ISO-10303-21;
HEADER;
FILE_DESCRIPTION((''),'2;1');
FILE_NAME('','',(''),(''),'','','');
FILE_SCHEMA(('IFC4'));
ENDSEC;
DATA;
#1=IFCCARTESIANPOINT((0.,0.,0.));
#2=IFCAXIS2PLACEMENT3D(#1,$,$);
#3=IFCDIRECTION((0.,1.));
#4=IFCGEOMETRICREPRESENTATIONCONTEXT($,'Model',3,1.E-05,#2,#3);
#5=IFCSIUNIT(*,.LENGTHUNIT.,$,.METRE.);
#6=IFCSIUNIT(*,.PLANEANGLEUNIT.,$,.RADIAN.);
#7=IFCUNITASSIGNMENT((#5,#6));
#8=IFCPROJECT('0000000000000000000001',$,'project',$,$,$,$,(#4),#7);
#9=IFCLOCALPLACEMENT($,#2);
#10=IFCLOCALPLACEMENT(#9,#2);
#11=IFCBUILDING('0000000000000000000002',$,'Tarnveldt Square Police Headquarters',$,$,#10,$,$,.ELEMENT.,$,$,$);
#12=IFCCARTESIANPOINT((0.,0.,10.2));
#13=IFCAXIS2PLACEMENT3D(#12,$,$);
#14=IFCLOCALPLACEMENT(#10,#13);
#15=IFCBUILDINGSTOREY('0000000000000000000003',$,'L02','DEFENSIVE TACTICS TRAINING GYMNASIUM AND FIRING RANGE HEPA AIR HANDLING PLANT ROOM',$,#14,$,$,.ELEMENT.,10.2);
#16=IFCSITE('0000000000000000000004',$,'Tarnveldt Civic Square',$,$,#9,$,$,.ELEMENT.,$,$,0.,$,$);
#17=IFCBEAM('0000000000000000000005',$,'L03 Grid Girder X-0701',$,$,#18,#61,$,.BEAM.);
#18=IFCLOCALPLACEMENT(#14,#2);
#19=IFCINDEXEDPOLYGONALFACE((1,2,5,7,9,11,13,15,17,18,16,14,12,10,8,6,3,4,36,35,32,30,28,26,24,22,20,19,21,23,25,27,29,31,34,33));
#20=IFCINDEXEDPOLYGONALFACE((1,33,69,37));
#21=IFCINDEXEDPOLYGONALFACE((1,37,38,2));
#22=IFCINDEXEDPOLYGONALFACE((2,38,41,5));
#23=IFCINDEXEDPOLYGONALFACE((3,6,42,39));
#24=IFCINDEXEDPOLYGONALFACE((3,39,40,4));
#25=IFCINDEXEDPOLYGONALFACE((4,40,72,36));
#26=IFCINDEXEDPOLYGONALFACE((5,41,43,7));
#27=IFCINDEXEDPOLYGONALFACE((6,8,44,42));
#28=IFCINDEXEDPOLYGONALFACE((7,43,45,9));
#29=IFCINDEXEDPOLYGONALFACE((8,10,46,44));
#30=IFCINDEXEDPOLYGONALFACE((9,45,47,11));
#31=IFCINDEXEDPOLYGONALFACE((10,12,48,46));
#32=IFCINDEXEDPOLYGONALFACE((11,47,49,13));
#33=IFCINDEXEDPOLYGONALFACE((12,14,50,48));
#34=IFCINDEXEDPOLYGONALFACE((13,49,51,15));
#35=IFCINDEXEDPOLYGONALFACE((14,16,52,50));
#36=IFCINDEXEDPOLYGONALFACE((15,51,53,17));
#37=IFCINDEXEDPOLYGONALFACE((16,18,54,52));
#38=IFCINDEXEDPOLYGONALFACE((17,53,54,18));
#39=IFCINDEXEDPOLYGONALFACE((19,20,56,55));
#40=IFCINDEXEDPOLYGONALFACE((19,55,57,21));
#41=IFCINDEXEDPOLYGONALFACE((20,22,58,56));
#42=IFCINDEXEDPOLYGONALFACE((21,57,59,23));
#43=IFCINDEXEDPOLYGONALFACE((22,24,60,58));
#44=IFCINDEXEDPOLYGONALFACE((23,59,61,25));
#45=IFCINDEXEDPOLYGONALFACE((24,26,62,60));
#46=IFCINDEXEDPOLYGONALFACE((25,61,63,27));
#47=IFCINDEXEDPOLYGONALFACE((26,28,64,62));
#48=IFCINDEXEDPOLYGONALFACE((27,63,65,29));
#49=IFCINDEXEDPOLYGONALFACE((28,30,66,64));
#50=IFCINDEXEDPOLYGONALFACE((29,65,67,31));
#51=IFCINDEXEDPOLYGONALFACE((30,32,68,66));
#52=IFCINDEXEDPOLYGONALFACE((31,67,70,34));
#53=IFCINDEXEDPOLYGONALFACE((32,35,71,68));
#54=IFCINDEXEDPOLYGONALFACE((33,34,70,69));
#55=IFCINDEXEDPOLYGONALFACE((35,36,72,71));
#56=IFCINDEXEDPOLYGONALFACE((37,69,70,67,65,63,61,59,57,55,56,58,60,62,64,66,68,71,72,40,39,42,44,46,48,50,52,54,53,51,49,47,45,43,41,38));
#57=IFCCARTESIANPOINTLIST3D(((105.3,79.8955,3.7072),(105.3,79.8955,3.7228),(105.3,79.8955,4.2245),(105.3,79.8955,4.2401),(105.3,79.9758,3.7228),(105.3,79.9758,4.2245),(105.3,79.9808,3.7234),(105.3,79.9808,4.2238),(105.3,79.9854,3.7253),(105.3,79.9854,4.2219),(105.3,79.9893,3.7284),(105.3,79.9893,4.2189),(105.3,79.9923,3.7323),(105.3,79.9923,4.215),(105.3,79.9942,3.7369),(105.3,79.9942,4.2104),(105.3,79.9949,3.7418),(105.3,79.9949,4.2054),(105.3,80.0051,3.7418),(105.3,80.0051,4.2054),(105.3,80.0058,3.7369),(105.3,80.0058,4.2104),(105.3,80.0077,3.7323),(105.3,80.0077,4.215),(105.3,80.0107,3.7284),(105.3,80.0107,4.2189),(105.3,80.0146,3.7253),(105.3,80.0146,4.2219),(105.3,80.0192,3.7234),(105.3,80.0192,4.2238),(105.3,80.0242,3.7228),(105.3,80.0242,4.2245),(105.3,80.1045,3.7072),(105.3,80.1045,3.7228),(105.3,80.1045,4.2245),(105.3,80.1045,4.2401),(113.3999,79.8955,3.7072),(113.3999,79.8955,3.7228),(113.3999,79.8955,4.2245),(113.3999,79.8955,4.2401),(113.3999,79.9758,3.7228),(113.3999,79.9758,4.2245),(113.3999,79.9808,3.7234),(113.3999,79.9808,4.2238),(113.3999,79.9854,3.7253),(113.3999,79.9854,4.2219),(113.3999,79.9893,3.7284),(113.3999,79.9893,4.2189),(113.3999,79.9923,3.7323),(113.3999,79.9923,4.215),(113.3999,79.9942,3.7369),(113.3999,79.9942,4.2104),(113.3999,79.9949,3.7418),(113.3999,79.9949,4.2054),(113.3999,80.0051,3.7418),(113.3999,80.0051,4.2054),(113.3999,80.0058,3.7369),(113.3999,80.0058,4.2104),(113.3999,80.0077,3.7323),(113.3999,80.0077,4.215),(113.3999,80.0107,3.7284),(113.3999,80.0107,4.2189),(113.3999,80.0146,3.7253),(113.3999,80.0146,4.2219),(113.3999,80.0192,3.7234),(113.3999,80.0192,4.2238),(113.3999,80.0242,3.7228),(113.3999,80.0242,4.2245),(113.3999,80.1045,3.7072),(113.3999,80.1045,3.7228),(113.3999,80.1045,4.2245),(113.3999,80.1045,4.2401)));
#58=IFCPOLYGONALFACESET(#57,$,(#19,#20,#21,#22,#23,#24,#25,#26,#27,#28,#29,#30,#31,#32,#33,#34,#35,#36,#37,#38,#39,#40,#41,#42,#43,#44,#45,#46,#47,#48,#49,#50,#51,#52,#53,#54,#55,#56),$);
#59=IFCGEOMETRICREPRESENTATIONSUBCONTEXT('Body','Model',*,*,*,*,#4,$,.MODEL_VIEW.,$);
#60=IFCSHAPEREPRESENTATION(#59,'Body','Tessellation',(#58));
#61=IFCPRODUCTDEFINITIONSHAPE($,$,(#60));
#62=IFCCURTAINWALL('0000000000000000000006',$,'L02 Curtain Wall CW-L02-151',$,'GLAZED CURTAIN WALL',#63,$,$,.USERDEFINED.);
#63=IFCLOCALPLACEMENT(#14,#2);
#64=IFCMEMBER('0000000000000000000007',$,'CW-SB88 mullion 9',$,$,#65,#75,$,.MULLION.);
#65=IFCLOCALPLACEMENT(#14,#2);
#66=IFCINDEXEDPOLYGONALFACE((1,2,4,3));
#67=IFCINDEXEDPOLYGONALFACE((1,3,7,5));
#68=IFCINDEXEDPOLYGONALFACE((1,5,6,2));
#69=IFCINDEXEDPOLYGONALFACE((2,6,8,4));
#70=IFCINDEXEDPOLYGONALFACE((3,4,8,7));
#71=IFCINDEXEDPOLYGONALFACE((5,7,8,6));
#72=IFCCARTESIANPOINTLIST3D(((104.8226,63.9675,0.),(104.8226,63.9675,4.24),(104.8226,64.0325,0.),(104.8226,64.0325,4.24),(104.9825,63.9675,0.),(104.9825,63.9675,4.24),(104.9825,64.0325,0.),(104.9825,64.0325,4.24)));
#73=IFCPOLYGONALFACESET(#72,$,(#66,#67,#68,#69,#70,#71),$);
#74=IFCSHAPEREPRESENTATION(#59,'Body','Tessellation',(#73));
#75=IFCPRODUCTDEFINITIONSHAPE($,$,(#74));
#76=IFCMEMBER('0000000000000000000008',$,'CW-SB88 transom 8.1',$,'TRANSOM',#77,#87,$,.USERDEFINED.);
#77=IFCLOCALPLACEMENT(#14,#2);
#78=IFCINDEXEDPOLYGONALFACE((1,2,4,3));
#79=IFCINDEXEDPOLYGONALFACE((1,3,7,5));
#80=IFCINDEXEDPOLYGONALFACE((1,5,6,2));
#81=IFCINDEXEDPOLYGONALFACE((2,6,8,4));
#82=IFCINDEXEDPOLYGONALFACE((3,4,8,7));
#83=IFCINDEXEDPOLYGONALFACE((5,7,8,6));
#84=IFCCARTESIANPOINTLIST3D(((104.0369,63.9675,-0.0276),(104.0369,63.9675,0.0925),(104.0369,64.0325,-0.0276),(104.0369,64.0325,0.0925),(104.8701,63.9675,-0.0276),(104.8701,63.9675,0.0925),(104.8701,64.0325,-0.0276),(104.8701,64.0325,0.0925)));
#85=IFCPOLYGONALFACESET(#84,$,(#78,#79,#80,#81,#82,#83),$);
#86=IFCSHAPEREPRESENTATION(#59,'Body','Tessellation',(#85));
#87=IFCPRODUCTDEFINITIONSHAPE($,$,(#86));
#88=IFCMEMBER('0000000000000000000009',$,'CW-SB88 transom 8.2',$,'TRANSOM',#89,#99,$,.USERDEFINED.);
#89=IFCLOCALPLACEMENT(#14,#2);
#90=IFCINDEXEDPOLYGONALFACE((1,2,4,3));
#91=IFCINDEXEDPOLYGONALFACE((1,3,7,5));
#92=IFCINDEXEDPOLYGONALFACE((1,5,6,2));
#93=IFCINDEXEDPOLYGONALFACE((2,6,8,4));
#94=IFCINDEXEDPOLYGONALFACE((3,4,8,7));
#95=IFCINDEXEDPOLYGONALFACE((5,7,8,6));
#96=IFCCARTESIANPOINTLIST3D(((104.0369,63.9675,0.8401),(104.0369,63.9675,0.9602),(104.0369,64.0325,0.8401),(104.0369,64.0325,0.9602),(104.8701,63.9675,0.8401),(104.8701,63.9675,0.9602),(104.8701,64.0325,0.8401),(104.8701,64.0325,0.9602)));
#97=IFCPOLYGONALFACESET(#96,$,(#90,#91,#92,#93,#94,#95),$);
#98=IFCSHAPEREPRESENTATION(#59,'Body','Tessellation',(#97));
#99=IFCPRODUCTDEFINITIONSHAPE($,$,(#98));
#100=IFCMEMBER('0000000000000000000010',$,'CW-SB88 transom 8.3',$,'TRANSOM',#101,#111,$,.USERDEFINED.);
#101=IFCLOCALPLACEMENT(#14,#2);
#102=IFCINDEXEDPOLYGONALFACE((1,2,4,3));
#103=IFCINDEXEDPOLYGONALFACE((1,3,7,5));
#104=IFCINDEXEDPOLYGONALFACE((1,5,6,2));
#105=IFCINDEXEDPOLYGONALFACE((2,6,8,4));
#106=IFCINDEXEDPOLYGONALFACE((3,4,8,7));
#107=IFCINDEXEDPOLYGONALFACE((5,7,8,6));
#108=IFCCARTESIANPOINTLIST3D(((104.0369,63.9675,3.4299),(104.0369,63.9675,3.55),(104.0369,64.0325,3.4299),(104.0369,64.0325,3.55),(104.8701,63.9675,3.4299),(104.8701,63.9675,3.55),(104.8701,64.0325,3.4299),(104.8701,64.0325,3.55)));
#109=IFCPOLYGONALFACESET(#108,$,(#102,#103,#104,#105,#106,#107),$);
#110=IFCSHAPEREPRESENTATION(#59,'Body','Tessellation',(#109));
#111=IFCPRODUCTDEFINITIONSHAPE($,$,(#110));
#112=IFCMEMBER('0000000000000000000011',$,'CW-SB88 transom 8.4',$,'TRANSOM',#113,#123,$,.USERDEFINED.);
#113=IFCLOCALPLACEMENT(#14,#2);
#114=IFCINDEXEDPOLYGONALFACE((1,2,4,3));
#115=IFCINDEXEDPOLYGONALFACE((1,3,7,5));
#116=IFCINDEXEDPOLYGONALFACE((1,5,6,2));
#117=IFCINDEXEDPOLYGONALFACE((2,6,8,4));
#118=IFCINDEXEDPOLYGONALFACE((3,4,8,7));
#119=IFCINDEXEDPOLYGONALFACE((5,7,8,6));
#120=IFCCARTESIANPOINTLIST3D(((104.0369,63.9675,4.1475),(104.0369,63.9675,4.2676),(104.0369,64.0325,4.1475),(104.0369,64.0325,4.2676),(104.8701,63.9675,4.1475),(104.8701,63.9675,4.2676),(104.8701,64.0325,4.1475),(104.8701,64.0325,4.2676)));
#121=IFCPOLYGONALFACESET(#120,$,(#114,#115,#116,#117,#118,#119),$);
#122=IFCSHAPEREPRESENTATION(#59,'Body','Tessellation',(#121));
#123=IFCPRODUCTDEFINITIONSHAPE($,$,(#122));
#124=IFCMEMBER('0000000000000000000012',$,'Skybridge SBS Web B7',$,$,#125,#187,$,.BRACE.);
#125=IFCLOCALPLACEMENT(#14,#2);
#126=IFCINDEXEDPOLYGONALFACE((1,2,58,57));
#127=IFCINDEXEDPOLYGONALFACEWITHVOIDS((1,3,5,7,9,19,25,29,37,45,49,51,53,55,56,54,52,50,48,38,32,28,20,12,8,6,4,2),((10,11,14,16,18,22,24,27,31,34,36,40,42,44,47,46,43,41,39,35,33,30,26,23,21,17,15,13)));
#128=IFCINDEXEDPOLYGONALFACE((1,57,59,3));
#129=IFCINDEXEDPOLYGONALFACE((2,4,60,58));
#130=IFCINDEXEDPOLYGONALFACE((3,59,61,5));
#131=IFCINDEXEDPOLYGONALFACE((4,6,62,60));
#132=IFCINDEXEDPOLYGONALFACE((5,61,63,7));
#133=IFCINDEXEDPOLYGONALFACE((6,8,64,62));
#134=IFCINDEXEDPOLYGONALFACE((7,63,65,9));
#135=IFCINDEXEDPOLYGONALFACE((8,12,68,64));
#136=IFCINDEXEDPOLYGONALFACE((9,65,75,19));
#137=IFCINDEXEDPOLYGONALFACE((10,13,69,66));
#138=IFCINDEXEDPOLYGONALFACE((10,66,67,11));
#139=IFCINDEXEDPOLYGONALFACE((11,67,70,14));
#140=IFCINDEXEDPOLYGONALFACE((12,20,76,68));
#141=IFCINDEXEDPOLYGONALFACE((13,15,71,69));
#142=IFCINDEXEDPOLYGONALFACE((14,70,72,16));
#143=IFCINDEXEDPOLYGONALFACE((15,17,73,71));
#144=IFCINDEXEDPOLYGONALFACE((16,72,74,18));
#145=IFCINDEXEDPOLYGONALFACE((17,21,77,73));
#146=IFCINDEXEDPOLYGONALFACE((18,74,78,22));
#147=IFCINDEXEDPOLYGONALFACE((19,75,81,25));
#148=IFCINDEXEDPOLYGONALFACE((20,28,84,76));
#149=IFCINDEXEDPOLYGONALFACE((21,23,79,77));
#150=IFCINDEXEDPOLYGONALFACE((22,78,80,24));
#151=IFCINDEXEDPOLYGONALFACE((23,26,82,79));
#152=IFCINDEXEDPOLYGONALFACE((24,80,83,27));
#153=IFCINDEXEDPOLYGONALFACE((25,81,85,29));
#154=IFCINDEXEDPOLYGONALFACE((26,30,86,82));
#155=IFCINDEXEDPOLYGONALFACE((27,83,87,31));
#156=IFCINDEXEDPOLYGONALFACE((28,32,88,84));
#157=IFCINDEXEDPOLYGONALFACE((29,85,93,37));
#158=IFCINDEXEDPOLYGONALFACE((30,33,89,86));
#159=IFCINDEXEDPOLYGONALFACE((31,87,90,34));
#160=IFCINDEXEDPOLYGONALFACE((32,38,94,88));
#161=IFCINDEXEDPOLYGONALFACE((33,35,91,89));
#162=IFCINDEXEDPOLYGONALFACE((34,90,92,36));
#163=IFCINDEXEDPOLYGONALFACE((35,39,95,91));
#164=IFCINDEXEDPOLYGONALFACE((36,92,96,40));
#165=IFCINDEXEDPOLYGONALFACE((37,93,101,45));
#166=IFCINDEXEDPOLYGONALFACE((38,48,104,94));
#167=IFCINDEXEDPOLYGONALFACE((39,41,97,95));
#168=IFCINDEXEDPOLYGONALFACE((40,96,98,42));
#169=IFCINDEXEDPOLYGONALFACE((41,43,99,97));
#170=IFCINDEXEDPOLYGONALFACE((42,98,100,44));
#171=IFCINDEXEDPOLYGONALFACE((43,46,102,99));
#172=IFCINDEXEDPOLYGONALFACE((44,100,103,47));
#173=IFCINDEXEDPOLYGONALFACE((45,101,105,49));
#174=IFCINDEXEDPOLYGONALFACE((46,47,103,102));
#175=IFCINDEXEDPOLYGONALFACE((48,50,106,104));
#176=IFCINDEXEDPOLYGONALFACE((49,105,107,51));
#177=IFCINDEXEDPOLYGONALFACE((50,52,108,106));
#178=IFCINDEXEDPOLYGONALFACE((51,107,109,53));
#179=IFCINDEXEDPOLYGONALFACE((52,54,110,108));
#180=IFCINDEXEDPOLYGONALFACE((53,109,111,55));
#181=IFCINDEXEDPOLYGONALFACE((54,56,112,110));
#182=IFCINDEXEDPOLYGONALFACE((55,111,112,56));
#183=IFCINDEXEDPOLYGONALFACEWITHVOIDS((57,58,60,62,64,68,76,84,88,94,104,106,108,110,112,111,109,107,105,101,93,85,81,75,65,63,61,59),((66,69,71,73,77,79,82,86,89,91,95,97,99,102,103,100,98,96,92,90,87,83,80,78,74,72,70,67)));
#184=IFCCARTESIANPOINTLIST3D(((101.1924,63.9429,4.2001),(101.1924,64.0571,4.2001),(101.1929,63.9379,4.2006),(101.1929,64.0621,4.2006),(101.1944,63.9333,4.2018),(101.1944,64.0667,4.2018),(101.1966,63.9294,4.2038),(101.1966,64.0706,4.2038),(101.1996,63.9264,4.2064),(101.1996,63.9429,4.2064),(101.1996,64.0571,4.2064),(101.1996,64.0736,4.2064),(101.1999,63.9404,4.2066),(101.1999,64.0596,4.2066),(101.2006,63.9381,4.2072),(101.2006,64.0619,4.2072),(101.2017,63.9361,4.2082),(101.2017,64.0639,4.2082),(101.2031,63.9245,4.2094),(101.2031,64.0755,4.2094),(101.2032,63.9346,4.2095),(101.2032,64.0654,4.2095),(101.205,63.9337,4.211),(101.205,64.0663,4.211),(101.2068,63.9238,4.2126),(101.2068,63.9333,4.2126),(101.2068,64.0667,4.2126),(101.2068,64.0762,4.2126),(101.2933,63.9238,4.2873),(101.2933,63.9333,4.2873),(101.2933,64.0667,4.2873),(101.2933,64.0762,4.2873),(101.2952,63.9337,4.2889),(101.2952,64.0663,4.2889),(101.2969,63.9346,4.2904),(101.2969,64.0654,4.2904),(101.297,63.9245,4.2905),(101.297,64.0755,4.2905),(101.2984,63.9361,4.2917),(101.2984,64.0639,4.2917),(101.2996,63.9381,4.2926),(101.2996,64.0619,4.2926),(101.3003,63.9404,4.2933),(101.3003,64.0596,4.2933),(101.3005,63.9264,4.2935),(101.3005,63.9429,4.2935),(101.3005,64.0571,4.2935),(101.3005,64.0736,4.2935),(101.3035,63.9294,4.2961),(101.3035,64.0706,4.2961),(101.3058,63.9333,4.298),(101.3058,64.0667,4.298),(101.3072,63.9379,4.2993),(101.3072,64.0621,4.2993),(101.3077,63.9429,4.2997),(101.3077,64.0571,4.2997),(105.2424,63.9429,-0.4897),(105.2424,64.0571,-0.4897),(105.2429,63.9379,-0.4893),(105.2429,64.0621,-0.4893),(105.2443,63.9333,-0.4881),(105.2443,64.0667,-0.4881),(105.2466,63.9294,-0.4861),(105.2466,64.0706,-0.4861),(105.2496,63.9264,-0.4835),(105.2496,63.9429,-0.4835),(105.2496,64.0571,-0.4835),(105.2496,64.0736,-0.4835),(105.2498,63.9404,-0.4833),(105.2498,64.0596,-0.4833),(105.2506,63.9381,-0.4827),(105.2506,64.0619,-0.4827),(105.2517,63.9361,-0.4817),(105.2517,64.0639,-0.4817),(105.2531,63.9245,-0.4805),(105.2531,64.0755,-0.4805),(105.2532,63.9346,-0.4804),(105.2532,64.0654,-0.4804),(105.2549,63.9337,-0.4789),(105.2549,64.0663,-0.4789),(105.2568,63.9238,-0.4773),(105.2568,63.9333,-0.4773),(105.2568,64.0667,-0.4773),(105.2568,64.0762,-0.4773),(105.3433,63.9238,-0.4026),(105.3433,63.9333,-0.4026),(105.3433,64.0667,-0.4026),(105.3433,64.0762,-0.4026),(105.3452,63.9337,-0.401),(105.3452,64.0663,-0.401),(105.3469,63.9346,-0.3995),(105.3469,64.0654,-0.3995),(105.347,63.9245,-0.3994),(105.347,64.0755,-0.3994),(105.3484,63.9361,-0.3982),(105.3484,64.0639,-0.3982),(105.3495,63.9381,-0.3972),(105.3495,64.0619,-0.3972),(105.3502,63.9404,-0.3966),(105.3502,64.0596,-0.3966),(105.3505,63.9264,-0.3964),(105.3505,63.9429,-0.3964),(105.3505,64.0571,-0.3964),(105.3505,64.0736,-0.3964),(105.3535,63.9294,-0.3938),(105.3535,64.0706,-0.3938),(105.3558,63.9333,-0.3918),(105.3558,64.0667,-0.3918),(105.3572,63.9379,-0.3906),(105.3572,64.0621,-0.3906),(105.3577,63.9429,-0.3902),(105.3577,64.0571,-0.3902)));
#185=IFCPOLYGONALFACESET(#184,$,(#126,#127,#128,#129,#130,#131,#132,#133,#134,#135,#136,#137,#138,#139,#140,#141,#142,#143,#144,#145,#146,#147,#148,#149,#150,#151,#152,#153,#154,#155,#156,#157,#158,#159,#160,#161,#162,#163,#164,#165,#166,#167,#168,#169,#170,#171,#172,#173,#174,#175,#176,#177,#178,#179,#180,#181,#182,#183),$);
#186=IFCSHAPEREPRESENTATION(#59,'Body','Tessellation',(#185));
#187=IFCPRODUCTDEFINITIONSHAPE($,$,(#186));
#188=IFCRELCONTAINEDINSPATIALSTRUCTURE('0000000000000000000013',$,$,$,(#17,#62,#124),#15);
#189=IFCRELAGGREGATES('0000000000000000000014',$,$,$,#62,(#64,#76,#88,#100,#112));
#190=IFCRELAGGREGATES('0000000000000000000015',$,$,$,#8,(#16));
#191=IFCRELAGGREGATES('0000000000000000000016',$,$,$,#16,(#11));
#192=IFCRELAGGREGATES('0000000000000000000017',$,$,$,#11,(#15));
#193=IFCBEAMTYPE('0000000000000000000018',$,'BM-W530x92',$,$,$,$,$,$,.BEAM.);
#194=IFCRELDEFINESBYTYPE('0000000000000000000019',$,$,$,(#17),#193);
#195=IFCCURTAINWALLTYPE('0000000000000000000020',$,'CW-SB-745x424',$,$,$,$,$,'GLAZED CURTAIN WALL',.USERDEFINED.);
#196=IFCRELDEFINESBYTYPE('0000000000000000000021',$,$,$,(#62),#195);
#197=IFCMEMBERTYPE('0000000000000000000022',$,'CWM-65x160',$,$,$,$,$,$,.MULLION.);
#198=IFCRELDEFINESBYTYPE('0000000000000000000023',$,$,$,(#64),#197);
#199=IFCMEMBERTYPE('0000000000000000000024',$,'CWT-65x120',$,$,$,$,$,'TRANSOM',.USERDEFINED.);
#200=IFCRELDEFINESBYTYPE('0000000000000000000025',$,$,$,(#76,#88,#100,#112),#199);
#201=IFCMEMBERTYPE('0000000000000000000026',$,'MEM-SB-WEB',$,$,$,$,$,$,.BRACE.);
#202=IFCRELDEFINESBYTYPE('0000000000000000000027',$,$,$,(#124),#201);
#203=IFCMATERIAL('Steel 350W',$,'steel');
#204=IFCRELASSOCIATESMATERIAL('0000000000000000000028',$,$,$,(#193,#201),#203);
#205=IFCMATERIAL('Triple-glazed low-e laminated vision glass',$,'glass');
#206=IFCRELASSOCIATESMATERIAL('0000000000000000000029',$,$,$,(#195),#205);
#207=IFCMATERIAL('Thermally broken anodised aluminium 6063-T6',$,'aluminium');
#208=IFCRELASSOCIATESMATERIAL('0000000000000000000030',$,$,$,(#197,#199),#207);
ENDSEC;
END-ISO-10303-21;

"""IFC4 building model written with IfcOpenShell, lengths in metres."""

from ifc_helpers import new_model, si_unit, direction, frame, origin, origin_2d, place, context, subcontext, project, spatial, rectangle, hollow_rectangle, i_section, extrude, material, material_profile, profile_set, type_object, element, aggregate, save


model = new_model("IFC4")

# Units and contexts
model_context = context("Model", 3, precision=1e-05, world=origin(), true_north=direction((0.0, 1.0)))
body_context = subcontext(model_context, "Body", "Model", "MODEL_VIEW")
ifc_project = project(units=[si_unit("LENGTHUNIT", "METRE"), si_unit("PLANEANGLEUNIT", "RADIAN")], contexts=[model_context])

# Site, building, storey
site_placement = place(None, origin())
site = spatial("IfcSite", under=ifc_project, at=site_placement, Name="Tarnveldt Civic Square", CompositionType="ELEMENT", RefElevation=0.0)
building_placement = place(site_placement, origin())
building = spatial("IfcBuilding", under=site, at=building_placement, Name="Tarnveldt Square Police Headquarters", CompositionType="ELEMENT")
storey_placement = place(building_placement, frame((0.0, 0.0, 10.2)))
storey = spatial("IfcBuildingStorey", under=building, at=storey_placement, Name="L02", Description="DEFENSIVE TACTICS TRAINING GYMNASIUM AND FIRING RANGE HEPA AIR HANDLING PLANT ROOM", CompositionType="ELEMENT", Elevation=10.2)

# Beam
ifc_material_1 = material(Name="Steel 350W", Category="steel")
ifc_material_profile_1 = material_profile(ifc_material_1, i_section(OverallWidth=0.209, OverallDepth=0.533, WebThickness=0.0103, FlangeThickness=0.0156, FilletRadius=0.019, at=origin_2d()), Name="W530x92")
ifc_profile_set_1 = profile_set([ifc_material_profile_1], Name="Steel 350W")
beam_type_1 = type_object("IfcBeamType", Name="BM-W530x92", PredefinedType="BEAM", material=ifc_profile_set_1)
for number, where, z_axis, x_axis, name in (
    (1, (105.3, 80.0, 3.9736), (1.0, 0.0, 0.0), (0.0, 1.0, 0.0), "L03 Grid Girder X-0701"),
):
    element("IfcBeam", number, at=place(storey_placement, frame(where, z_axis=z_axis, x_axis=x_axis)), inside=storey, type_object=beam_type_1, Name=name, PredefinedType="BEAM", context=body_context, shape_type="SweptSolid", body=[
        extrude(i_section(OverallWidth=0.209, OverallDepth=0.533, WebThickness=0.0103, FlangeThickness=0.0156, FilletRadius=0.019, at=origin_2d()), origin(), (0.0, 0.0, 1.0), 8.0999),
    ])

# Curtain wall, members
ifc_material_2 = material(Name="Triple-glazed low-e laminated vision glass", Category="glass")
curtain_wall_type = type_object("IfcCurtainWallType", Name="CW-SB-745x424", ElementType="GLAZED CURTAIN WALL", PredefinedType="USERDEFINED", material=ifc_material_2)
curtain_wall_placement = place(storey_placement, origin())
curtain_wall = element("IfcCurtainWall", 2, at=curtain_wall_placement, inside=storey, type_object=curtain_wall_type, Name="L02 Curtain Wall CW-L02-151", ObjectType="GLAZED CURTAIN WALL", PredefinedType="USERDEFINED")
ifc_material_3 = material(Name="Thermally broken anodised aluminium 6063-T6", Category="aluminium")
ifc_material_profile_2 = material_profile(ifc_material_3, rectangle(XDim=0.0649, YDim=0.1599, at=origin_2d()), Name="CW-M65x160")
ifc_profile_set_2 = profile_set([ifc_material_profile_2], Name="Thermally broken anodised aluminium 6063-T6")
member_type_1 = type_object("IfcMemberType", Name="CWM-65x160", PredefinedType="MULLION", material=ifc_profile_set_2)
member_1_placement = place(storey_placement, frame((104.9026, 64.0, 0.0), z_axis=(0.0, 0.0, 1.0), x_axis=(0.0, 1.0, 0.0)))
member_1 = element("IfcMember", 3, at=member_1_placement, type_object=member_type_1, Name="CW-SB88 mullion 9", PredefinedType="MULLION", context=body_context, shape_type="SweptSolid", body=[
    extrude(rectangle(XDim=0.0649, YDim=0.1599, at=origin_2d()), origin(), (0.0, 0.0, 1.0), 4.24),
])
ifc_material_profile_3 = material_profile(ifc_material_3, rectangle(XDim=0.0649, YDim=0.1201, at=origin_2d()), Name="CW-T65x120")
ifc_profile_set_3 = profile_set([ifc_material_profile_3], Name="Thermally broken anodised aluminium 6063-T6")
member_type_2 = type_object("IfcMemberType", Name="CWT-65x120", ElementType="TRANSOM", PredefinedType="USERDEFINED", material=ifc_profile_set_3)
member_2_placement = place(storey_placement, frame((104.0369, 64.0, 0.0325), z_axis=(1.0, 0.0, 0.0), x_axis=(0.0, 1.0, 0.0)))
member_2 = element("IfcMember", 4, at=member_2_placement, type_object=member_type_2, Name="CW-SB88 transom 8.1", ObjectType="TRANSOM", PredefinedType="USERDEFINED", context=body_context, shape_type="SweptSolid", body=[
    extrude(rectangle(XDim=0.0649, YDim=0.1201, at=origin_2d()), origin(), (0.0, 0.0, 1.0), 0.8333),
])
member_3_placement = place(storey_placement, frame((104.0369, 64.0, 0.9001), z_axis=(1.0, 0.0, 0.0), x_axis=(0.0, 1.0, 0.0)))
member_3 = element("IfcMember", 5, at=member_3_placement, type_object=member_type_2, Name="CW-SB88 transom 8.2", ObjectType="TRANSOM", PredefinedType="USERDEFINED", context=body_context, shape_type="SweptSolid", body=[
    extrude(rectangle(XDim=0.0649, YDim=0.1201, at=origin_2d()), origin(), (0.0, 0.0, 1.0), 0.8333),
])
member_4_placement = place(storey_placement, frame((104.0369, 64.0, 3.49), z_axis=(1.0, 0.0, 0.0), x_axis=(0.0, 1.0, 0.0)))
member_4 = element("IfcMember", 6, at=member_4_placement, type_object=member_type_2, Name="CW-SB88 transom 8.3", ObjectType="TRANSOM", PredefinedType="USERDEFINED", context=body_context, shape_type="SweptSolid", body=[
    extrude(rectangle(XDim=0.0649, YDim=0.1201, at=origin_2d()), origin(), (0.0, 0.0, 1.0), 0.8333),
])
member_5_placement = place(storey_placement, frame((104.0369, 64.0, 4.2075), z_axis=(1.0, 0.0, 0.0), x_axis=(0.0, 1.0, 0.0)))
member_5 = element("IfcMember", 7, at=member_5_placement, type_object=member_type_2, Name="CW-SB88 transom 8.4", ObjectType="TRANSOM", PredefinedType="USERDEFINED", context=body_context, shape_type="SweptSolid", body=[
    extrude(rectangle(XDim=0.0649, YDim=0.1201, at=origin_2d()), origin(), (0.0, 0.0, 1.0), 0.8333),
])

# Member
ifc_material_profile_4 = material_profile(ifc_material_1, hollow_rectangle(XDim=0.1523, YDim=0.1523, WallThickness=0.0095, InnerFilletRadius=0.0095, OuterFilletRadius=0.019, at=origin_2d()), Name="HSS152x152x9.5")
ifc_profile_set_4 = profile_set([ifc_material_profile_4], Name="Steel 350W")
member_type_3 = type_object("IfcMemberType", Name="MEM-SB-WEB", PredefinedType="BRACE", material=ifc_profile_set_4)
member_6_placement = place(storey_placement, frame((105.3, 64.0, -0.4399), z_axis=(-0.653587, 0.0, 0.756851), x_axis=(0.0, -1.0, 0.0)))
element("IfcMember", 8, at=member_6_placement, inside=storey, type_object=member_type_3, Name="Skybridge SBS Web B7", PredefinedType="BRACE", context=body_context, shape_type="SweptSolid", body=[
    extrude(hollow_rectangle(XDim=0.1523, YDim=0.1523, WallThickness=0.0095, InnerFilletRadius=0.0095, OuterFilletRadius=0.019, at=origin_2d()), origin(), (0.0, 0.0, 1.0), 6.1965),
])

aggregate(curtain_wall, [member_1, member_2, member_3, member_4, member_5])

save(model, "model.ifc")
